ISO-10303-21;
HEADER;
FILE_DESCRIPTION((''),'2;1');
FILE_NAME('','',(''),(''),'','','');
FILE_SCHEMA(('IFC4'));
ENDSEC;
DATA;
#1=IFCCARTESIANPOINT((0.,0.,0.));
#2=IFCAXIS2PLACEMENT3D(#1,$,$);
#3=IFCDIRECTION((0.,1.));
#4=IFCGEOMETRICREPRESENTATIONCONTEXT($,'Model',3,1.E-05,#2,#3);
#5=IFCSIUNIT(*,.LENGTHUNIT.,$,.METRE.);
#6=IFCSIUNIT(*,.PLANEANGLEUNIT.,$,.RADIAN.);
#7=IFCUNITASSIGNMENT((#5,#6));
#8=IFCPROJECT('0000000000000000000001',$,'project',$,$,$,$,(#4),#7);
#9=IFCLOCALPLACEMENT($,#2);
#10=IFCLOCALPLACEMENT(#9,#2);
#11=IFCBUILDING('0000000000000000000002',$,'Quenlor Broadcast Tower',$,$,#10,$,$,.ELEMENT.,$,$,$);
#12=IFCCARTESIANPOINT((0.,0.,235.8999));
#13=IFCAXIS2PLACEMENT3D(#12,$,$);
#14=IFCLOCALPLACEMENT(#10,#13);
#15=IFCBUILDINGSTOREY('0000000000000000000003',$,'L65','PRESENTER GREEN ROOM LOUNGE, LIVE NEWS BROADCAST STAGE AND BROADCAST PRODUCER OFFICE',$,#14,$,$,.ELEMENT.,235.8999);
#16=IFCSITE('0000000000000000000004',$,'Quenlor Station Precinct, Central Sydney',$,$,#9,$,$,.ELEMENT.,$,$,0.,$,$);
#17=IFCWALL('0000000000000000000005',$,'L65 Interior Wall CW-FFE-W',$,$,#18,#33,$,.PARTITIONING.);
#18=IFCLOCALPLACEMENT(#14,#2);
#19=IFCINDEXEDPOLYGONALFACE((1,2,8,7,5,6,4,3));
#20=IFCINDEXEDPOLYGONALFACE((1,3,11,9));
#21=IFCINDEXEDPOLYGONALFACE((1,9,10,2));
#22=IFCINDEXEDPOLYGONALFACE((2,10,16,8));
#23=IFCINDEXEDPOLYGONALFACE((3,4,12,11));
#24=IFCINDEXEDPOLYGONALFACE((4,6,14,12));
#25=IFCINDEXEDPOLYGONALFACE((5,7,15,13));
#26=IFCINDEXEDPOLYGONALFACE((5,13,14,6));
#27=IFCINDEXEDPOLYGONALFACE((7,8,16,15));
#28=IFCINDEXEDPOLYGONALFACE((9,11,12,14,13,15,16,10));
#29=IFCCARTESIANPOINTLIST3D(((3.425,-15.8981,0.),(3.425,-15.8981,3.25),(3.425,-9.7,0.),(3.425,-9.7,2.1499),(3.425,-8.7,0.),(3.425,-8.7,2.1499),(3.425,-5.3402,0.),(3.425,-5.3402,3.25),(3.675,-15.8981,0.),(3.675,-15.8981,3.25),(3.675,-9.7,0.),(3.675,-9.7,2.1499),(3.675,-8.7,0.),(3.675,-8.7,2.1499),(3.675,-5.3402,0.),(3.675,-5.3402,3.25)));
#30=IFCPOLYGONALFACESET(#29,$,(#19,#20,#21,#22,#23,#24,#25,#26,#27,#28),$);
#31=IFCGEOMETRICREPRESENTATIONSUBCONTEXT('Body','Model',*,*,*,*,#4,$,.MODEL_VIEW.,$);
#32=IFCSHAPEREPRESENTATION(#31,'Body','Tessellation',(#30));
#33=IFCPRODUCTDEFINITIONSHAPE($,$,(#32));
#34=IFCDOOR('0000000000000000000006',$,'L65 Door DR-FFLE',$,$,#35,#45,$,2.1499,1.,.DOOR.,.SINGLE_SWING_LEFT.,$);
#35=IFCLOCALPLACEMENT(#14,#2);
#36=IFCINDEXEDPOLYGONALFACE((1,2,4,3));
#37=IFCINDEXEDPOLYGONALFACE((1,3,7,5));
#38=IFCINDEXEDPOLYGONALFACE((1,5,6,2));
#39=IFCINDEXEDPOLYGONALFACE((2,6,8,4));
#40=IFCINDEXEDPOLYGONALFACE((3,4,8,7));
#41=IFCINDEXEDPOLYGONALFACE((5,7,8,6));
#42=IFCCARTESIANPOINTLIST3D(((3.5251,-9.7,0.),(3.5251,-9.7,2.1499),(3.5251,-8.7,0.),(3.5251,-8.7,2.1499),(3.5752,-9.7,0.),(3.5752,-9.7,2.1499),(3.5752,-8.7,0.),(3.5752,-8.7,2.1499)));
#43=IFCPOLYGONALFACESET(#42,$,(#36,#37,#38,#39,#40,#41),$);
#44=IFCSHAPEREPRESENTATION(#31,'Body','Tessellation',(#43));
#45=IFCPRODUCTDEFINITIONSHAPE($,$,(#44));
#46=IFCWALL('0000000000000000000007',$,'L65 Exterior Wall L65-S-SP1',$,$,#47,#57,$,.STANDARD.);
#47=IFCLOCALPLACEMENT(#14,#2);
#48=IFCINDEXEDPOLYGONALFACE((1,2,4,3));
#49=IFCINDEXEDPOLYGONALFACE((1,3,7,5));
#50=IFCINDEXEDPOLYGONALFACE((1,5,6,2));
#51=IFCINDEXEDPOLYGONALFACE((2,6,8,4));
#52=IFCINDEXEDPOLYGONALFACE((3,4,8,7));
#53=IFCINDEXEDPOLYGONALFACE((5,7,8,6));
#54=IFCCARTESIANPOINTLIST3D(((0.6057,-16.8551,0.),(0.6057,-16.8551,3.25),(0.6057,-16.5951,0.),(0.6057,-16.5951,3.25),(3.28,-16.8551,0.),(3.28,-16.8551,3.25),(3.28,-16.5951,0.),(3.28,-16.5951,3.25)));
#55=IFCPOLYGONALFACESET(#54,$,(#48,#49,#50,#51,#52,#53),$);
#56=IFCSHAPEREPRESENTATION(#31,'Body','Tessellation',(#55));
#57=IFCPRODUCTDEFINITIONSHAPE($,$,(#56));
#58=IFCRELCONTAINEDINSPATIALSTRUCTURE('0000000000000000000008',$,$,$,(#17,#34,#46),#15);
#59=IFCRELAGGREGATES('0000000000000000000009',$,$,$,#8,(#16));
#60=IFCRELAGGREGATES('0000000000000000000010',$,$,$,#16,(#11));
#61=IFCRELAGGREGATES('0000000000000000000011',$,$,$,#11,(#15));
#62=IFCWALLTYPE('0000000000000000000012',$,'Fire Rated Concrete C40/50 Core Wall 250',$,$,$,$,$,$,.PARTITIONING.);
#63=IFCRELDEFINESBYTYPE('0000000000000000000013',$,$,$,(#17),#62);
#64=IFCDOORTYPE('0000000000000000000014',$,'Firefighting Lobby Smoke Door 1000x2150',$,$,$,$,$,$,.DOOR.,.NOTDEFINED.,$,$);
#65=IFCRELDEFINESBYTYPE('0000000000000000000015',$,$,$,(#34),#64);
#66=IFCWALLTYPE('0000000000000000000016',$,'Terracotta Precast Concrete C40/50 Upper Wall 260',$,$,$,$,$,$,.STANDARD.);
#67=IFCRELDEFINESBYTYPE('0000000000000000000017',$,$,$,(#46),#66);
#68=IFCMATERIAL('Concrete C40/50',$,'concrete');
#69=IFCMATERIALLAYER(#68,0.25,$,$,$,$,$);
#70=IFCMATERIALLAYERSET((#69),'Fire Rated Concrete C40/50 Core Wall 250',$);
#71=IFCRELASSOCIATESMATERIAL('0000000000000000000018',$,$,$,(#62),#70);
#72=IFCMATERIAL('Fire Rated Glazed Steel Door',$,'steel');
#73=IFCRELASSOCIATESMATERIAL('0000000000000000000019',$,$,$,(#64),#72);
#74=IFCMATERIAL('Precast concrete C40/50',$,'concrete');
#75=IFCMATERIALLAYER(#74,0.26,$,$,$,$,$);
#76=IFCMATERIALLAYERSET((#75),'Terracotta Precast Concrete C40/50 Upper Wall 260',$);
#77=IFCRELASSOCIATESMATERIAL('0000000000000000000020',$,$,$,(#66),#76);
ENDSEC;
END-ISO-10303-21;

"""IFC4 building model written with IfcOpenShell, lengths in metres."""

from ifc_helpers import new_model, si_unit, direction, frame, frame_2d, origin, place, context, subcontext, project, spatial, rectangle, extrude, material, layer, layer_set, type_object, element, fill, save


model = new_model("IFC4")

# Units and contexts
model_context = context("Model", 3, precision=1e-05, world=origin(), true_north=direction((0.0, 1.0)))
body_context = subcontext(model_context, "Body", "Model", "MODEL_VIEW")
ifc_project = project(units=[si_unit("LENGTHUNIT", "METRE"), si_unit("PLANEANGLEUNIT", "RADIAN")], contexts=[model_context])

# Site, building, storey
site_placement = place(None, origin())
site = spatial("IfcSite", under=ifc_project, at=site_placement, Name="Quenlor Station Precinct, Central Sydney", CompositionType="ELEMENT", RefElevation=0.0)
building_placement = place(site_placement, origin())
building = spatial("IfcBuilding", under=site, at=building_placement, Name="Quenlor Broadcast Tower", CompositionType="ELEMENT")
storey_placement = place(building_placement, frame((0.0, 0.0, 235.8999)))
storey = spatial("IfcBuildingStorey", under=building, at=storey_placement, Name="L65", Description="PRESENTER GREEN ROOM LOUNGE, LIVE NEWS BROADCAST STAGE AND BROADCAST PRODUCER OFFICE", CompositionType="ELEMENT", Elevation=235.8999)

# Shared definitions
ifc_material_1 = material(Name="Concrete C40/50", Category="concrete")
ifc_layer_1 = layer(ifc_material_1, 0.25)
ifc_layer_set_1 = layer_set([ifc_layer_1], Name="Fire Rated Concrete C40/50 Core Wall 250")
wall_type_1 = type_object("IfcWallType", Name="Fire Rated Concrete C40/50 Core Wall 250", PredefinedType="PARTITIONING", material=ifc_layer_set_1)

# Wall, opening, door
wall_1_placement = place(storey_placement, frame((3.55, -15.8979, 0.0), z_axis=(0.0, 0.0, 1.0), x_axis=(0.0, 1.0, 0.0)))
wall_1 = element("IfcWall", 1, at=wall_1_placement, inside=storey, type_object=wall_type_1, Name="L65 Interior Wall CW-FFE-W", PredefinedType="PARTITIONING", context=body_context, shape_type="SweptSolid", body=[
    extrude(rectangle(XDim=10.5579, YDim=0.25, at=frame_2d((5.2788, 0.0))), origin(), (0.0, 0.0, 1.0), 3.25),
])
opening_placement = place(wall_1_placement, frame((6.198, 0.0, 0.0)))
opening = element("IfcOpeningElement", 2, at=opening_placement, cuts=wall_1, PredefinedType="OPENING", context=body_context, shape_type="SweptSolid", body=[
    extrude(rectangle(XDim=1.0, YDim=2.1499, at=frame_2d((0.5, 1.075))), frame((0.0, 0.135, 0.0), z_axis=(0.0, -1.0, 0.0), x_axis=(1.0, 0.0, 0.0)), (0.0, 0.0, 1.0), 0.27),
])
ifc_material_2 = material(Name="Fire Rated Glazed Steel Door", Category="steel")
door_type = type_object("IfcDoorType", Name="Firefighting Lobby Smoke Door 1000x2150", OperationType="NOTDEFINED", PredefinedType="DOOR", material=ifc_material_2)
door_placement = place(opening_placement, origin())
door = element("IfcDoor", 3, at=door_placement, inside=storey, type_object=door_type, Name="L65 Door DR-FFLE", OperationType="SINGLE_SWING_LEFT", OverallHeight=2.1499, OverallWidth=1.0, PredefinedType="DOOR", context=body_context, shape_type="SweptSolid", body=[
    extrude(rectangle(XDim=1.0, YDim=2.1499, at=frame_2d((0.5, 1.075))), frame((0.0, 0.0249, 0.0), z_axis=(0.0, -1.0, 0.0), x_axis=(1.0, 0.0, 0.0)), (0.0, 0.0, 1.0), 0.05),
])
fill(opening, door)

# Wall
ifc_material_3 = material(Name="Precast concrete C40/50", Category="concrete")
ifc_layer_2 = layer(ifc_material_3, 0.26)
ifc_layer_set_2 = layer_set([ifc_layer_2], Name="Terracotta Precast Concrete C40/50 Upper Wall 260")
wall_type_2 = type_object("IfcWallType", Name="Terracotta Precast Concrete C40/50 Upper Wall 260", PredefinedType="STANDARD", material=ifc_layer_set_2)
wall_2_placement = place(storey_placement, frame((3.28, -16.7251, 0.0), z_axis=(0.0, 0.0, 1.0), x_axis=(-1.0, 0.0, 0.0)))
element("IfcWall", 4, at=wall_2_placement, inside=storey, type_object=wall_type_2, Name="L65 Exterior Wall L65-S-SP1", PredefinedType="STANDARD", context=body_context, shape_type="SweptSolid", body=[
    extrude(rectangle(XDim=2.6743, YDim=0.26, at=frame_2d((1.3372, 0.0))), origin(), (0.0, 0.0, 1.0), 3.25),
])

save(model, "model.ifc")
